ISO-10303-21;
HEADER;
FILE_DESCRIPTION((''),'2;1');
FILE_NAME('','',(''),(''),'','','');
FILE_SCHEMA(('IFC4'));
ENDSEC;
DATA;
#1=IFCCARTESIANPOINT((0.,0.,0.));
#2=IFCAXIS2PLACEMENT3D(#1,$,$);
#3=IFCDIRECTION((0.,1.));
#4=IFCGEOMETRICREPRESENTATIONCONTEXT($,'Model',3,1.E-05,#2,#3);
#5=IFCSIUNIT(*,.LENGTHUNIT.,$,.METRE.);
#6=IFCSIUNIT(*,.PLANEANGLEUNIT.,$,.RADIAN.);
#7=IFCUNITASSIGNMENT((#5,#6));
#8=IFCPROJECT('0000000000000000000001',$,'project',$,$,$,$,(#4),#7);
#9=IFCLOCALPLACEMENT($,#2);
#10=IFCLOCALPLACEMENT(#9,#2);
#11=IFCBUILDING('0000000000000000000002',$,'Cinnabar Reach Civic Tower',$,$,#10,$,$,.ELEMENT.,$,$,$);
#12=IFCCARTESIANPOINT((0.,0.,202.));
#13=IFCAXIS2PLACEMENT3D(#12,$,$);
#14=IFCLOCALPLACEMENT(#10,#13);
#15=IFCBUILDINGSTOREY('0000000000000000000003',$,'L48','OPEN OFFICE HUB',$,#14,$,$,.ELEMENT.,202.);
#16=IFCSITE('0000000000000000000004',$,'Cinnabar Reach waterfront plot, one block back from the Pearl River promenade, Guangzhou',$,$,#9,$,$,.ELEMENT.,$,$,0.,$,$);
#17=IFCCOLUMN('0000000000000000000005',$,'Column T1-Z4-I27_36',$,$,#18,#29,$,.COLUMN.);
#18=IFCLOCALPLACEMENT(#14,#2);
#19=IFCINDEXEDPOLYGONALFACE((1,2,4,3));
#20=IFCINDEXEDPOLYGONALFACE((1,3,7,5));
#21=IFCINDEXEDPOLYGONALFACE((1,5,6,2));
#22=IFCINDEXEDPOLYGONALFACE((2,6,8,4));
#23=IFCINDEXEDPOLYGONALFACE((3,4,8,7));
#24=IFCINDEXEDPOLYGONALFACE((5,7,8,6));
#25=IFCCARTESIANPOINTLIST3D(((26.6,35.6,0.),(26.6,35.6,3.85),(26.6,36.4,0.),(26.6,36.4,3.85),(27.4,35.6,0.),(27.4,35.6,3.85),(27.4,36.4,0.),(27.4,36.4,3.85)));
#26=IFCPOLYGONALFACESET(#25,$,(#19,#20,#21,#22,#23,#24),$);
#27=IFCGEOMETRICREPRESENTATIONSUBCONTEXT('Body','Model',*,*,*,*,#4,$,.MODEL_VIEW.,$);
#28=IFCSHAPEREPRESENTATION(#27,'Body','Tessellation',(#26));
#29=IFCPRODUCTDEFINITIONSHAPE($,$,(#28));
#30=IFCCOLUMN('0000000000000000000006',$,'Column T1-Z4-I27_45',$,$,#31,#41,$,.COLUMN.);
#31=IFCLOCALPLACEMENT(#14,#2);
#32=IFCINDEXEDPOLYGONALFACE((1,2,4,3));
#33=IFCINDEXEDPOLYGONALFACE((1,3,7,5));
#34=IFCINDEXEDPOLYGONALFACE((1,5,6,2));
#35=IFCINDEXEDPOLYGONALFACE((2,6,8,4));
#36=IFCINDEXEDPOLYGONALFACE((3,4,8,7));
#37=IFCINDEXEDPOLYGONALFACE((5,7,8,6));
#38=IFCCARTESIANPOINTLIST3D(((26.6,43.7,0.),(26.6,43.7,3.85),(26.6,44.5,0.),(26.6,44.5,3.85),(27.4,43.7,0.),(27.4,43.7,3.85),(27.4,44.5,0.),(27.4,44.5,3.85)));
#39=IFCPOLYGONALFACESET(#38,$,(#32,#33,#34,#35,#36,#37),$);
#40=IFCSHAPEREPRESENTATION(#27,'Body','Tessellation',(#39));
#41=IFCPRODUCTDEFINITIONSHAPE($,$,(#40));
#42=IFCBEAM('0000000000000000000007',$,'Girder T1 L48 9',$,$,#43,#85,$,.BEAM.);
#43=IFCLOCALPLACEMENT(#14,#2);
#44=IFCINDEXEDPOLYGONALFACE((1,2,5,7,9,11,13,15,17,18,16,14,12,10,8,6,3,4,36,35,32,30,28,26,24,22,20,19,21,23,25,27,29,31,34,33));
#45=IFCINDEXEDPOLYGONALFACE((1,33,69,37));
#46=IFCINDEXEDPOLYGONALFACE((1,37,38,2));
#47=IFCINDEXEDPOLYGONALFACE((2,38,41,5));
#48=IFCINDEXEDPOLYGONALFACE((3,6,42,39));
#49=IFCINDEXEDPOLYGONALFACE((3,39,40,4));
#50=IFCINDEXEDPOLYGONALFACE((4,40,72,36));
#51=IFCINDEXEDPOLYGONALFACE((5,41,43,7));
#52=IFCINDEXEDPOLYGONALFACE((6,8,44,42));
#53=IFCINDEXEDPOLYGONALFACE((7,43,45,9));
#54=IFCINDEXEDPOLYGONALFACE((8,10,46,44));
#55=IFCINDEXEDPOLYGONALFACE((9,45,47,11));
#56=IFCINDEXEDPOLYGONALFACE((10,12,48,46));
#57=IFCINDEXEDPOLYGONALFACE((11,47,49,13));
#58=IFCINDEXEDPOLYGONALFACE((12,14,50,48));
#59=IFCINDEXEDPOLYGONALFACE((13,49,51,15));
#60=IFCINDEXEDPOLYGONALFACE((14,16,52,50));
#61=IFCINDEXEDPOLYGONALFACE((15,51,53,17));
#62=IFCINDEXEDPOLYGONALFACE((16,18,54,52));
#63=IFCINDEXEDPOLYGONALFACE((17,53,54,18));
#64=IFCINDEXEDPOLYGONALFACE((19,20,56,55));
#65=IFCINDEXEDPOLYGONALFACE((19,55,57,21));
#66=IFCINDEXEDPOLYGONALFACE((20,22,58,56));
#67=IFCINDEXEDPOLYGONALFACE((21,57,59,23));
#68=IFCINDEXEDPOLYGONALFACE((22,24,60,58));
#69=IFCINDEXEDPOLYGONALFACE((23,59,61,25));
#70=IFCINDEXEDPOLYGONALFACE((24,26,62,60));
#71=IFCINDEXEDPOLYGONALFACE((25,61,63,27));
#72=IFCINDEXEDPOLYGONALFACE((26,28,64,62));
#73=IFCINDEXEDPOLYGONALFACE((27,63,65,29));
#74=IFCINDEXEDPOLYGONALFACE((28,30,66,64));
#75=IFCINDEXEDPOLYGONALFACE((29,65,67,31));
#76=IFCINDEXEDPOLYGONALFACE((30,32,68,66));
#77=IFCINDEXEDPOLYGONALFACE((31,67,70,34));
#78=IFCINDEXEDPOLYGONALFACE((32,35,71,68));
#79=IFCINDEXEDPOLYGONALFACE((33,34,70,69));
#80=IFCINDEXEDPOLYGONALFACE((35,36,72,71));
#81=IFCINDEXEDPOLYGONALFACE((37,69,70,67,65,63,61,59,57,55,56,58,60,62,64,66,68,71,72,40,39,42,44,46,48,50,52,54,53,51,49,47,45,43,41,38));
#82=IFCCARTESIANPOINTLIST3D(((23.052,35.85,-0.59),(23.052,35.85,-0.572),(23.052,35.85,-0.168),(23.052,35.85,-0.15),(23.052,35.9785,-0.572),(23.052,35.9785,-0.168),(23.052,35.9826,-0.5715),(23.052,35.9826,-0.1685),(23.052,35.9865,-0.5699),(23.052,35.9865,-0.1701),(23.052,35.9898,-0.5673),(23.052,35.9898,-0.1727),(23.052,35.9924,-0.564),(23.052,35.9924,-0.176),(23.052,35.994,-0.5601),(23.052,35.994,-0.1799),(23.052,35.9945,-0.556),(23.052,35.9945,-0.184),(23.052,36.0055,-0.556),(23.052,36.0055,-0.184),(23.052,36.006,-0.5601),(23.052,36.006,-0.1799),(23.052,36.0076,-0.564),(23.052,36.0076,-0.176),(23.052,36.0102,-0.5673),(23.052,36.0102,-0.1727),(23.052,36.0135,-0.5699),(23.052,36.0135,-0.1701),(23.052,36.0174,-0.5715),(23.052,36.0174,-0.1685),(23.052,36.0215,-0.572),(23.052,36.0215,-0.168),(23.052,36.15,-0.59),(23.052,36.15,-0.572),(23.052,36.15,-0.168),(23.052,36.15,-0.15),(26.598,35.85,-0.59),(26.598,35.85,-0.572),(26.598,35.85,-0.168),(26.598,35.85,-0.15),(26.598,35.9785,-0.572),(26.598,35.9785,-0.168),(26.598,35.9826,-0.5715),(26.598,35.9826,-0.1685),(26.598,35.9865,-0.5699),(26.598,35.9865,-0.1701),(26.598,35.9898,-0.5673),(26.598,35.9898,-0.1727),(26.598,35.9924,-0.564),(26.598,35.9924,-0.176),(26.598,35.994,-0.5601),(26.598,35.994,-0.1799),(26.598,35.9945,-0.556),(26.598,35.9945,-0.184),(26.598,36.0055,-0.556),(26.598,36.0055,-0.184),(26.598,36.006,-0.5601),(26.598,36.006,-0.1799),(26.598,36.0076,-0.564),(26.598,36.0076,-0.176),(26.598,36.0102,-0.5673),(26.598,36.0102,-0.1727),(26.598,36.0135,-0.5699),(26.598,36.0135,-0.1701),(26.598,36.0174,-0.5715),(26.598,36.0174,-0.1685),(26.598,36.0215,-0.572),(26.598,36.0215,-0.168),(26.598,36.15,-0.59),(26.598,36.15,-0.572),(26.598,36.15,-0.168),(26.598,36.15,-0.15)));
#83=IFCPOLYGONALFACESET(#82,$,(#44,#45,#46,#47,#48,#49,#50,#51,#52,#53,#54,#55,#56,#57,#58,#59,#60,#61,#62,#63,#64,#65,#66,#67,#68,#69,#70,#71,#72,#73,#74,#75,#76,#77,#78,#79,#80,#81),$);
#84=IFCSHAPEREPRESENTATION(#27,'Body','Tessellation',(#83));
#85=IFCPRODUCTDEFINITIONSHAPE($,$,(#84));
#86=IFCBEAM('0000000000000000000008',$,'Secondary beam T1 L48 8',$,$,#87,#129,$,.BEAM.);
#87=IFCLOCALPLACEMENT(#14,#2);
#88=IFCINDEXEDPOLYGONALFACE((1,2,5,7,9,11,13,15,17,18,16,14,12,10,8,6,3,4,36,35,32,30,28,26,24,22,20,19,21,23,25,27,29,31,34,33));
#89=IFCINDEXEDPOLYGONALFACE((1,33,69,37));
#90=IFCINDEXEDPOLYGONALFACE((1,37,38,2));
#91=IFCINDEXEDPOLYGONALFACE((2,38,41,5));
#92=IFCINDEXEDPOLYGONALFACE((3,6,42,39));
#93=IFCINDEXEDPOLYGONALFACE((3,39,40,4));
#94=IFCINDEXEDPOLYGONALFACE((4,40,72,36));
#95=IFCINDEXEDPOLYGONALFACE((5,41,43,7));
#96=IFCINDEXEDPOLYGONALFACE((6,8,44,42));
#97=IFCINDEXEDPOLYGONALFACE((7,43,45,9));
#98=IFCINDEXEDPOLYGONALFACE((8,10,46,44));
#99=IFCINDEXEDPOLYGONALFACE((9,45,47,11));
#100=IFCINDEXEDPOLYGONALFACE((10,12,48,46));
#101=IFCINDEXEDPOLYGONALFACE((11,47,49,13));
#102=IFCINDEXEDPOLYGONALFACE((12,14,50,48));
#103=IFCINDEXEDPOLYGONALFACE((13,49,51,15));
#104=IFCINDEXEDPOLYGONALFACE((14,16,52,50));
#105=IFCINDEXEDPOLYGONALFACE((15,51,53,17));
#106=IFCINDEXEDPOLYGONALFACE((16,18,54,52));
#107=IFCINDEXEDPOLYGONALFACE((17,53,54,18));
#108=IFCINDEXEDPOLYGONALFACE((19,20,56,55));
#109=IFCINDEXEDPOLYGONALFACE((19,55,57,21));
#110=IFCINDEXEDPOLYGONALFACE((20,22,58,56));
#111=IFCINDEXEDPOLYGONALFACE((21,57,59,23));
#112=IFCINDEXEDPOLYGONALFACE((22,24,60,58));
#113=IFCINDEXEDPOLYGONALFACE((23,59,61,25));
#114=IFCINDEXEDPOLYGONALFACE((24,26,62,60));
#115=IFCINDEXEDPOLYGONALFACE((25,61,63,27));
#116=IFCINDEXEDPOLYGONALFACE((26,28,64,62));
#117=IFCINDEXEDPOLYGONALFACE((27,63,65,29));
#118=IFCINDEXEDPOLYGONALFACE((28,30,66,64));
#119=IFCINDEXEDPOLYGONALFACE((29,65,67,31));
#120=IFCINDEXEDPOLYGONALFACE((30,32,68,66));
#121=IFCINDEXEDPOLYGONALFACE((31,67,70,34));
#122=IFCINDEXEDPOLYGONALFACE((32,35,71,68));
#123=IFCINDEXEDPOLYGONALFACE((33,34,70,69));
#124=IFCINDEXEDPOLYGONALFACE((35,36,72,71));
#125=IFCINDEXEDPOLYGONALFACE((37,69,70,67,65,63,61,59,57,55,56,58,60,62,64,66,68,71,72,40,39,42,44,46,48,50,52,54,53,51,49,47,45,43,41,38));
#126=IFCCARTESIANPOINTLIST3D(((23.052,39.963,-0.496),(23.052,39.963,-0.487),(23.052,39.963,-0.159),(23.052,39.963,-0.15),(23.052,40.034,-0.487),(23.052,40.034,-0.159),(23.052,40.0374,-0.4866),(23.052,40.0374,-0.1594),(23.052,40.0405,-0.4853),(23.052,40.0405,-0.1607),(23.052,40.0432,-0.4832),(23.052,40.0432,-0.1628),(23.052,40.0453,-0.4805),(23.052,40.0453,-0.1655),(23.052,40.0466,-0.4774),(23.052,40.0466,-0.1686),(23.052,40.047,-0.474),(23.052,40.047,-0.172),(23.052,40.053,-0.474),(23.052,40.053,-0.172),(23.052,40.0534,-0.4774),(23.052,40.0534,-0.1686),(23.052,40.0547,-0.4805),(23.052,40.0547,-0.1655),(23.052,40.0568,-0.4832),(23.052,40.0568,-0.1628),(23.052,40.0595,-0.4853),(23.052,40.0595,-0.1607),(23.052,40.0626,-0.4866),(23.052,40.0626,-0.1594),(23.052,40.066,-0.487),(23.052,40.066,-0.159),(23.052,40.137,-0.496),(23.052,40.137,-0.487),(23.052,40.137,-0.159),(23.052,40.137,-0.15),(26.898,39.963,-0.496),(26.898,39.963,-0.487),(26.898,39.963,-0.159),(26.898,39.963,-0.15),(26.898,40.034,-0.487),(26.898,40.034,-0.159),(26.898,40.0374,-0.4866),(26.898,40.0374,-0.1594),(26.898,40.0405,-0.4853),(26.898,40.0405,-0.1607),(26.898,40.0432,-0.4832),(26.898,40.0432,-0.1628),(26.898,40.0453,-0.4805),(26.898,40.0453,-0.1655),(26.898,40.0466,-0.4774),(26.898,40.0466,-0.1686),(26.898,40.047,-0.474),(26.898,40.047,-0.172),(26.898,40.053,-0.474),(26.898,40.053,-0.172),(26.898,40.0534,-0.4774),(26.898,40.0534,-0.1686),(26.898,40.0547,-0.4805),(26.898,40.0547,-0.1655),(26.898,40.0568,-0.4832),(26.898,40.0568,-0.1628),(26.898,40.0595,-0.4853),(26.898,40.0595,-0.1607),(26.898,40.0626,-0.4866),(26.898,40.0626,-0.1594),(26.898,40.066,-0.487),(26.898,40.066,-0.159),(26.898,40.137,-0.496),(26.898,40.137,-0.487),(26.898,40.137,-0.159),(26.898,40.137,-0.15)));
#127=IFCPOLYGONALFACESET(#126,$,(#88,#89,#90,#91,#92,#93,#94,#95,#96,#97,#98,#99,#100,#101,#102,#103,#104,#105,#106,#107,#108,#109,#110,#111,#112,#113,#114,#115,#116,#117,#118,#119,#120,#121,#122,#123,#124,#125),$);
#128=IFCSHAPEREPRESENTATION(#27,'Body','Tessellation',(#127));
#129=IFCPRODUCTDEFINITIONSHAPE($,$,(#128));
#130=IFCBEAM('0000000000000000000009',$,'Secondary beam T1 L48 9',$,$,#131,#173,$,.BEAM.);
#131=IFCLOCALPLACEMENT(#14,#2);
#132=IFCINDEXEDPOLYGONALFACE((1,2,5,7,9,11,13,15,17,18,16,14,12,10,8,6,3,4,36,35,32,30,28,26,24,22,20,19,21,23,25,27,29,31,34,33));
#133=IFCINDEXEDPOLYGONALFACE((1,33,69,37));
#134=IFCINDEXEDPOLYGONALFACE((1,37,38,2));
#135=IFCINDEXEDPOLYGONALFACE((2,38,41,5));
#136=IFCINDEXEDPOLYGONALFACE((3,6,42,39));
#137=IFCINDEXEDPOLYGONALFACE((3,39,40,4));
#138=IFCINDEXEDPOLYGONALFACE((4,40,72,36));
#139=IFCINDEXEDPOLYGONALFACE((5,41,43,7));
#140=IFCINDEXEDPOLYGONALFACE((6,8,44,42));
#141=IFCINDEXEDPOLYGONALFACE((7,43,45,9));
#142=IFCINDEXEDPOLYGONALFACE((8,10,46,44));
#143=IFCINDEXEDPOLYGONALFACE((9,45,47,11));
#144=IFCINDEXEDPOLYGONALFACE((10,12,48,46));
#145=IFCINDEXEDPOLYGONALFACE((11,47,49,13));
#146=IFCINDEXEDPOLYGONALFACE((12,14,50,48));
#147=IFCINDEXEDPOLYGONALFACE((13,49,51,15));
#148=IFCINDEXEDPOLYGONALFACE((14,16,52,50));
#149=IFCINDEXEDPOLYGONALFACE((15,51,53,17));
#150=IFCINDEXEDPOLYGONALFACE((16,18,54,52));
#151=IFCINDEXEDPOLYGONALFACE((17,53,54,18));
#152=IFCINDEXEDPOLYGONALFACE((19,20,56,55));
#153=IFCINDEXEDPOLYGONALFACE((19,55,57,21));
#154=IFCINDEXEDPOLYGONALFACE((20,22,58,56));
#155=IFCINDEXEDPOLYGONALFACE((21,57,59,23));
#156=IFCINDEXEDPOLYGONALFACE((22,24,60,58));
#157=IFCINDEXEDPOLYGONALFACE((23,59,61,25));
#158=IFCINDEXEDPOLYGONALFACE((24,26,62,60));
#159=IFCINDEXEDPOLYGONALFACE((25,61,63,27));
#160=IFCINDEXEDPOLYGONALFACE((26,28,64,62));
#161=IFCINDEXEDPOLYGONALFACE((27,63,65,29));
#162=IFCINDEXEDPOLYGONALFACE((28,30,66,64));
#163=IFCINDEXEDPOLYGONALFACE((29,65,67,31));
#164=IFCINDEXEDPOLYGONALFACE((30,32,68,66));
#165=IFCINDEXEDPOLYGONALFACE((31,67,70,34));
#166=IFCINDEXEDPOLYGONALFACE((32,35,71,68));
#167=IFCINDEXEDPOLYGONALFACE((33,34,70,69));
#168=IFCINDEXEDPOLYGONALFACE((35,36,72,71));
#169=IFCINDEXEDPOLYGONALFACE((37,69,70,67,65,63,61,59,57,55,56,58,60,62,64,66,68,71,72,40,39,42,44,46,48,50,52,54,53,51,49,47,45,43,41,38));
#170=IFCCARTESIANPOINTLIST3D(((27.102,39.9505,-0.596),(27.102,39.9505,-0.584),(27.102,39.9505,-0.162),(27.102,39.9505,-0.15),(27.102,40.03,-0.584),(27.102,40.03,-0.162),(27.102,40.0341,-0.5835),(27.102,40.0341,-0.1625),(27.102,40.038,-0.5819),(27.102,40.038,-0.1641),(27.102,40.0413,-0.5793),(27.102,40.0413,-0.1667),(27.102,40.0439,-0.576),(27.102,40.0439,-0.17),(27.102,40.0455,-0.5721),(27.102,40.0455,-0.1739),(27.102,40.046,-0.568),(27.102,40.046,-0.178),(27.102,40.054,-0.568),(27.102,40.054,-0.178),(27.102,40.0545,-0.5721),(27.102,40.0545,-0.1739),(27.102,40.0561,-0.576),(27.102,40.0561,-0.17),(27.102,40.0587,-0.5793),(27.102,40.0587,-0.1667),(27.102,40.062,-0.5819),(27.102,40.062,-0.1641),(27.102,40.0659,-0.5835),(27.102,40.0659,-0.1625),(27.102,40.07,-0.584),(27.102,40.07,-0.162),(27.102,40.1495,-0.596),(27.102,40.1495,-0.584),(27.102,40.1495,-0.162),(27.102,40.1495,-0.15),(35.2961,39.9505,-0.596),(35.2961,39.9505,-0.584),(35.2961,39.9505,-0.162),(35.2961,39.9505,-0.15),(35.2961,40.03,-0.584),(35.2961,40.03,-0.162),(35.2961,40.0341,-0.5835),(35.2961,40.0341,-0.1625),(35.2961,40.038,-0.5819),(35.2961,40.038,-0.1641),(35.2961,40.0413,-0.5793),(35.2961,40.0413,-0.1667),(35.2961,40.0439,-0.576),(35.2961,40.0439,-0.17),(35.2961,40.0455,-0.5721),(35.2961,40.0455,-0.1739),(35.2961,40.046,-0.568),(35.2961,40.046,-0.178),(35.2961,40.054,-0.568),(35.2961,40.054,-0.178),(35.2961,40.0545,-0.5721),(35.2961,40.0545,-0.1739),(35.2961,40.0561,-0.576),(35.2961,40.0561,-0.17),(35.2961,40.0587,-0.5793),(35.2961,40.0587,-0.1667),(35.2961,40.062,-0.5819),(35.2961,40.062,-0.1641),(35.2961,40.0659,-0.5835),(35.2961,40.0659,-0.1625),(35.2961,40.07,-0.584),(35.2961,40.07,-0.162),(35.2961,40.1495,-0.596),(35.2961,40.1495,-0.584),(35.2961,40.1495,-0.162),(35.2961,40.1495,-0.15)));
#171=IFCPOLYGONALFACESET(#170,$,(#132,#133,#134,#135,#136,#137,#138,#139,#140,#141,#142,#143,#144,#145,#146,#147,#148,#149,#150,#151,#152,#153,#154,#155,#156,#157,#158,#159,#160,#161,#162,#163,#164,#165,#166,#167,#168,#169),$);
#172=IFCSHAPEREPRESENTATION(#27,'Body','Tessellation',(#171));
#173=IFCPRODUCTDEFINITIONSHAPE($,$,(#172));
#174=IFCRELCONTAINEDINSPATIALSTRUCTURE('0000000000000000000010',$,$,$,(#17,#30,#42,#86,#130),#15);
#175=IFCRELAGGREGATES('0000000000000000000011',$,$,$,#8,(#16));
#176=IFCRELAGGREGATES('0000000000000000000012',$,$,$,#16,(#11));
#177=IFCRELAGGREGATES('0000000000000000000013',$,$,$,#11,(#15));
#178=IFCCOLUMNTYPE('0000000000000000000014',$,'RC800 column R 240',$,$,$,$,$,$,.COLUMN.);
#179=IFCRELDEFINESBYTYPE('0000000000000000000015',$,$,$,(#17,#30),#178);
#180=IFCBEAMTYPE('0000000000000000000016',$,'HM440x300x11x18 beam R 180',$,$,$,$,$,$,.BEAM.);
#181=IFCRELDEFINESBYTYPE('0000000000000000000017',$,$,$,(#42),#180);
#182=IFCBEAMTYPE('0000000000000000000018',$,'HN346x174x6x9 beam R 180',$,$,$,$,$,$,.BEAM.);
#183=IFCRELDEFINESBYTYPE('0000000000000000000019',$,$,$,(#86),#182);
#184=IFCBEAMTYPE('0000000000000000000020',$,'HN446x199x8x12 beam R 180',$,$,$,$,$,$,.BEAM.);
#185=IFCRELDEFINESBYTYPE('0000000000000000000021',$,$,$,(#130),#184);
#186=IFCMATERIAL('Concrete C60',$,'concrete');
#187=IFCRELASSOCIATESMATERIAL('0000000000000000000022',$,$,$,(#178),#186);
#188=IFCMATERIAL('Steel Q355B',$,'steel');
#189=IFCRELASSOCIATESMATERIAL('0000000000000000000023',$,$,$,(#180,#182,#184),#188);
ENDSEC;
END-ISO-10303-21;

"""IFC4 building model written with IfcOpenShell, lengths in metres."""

from ifc_helpers import new_model, si_unit, direction, frame, origin, origin_2d, place, context, subcontext, project, spatial, rectangle, i_section, extrude, material, material_profile, profile_set, type_object, element, save


model = new_model("IFC4")

# Units and contexts
model_context = context("Model", 3, precision=1e-05, world=origin(), true_north=direction((0.0, 1.0)))
body_context = subcontext(model_context, "Body", "Model", "MODEL_VIEW")
ifc_project = project(units=[si_unit("LENGTHUNIT", "METRE"), si_unit("PLANEANGLEUNIT", "RADIAN")], contexts=[model_context])

# Site, building, storey
site_placement = place(None, origin())
site = spatial("IfcSite", under=ifc_project, at=site_placement, Name="Cinnabar Reach waterfront plot, one block back from the Pearl River promenade, Guangzhou", CompositionType="ELEMENT", RefElevation=0.0)
building_placement = place(site_placement, origin())
building = spatial("IfcBuilding", under=site, at=building_placement, Name="Cinnabar Reach Civic Tower", CompositionType="ELEMENT")
storey_placement = place(building_placement, frame((0.0, 0.0, 202.0)))
storey = spatial("IfcBuildingStorey", under=building, at=storey_placement, Name="L48", Description="OPEN OFFICE HUB", CompositionType="ELEMENT", Elevation=202.0)

# Columns
ifc_material_1 = material(Name="Concrete C60", Category="concrete")
ifc_material_profile_1 = material_profile(ifc_material_1, rectangle(XDim=0.8, YDim=0.8, at=origin_2d()), Name="RC800")
ifc_profile_set_1 = profile_set([ifc_material_profile_1], Name="Concrete C60")
column_type = type_object("IfcColumnType", Name="RC800 column R 240", PredefinedType="COLUMN", material=ifc_profile_set_1)
for number, where, z_axis, x_axis, name in (
    (1, (27.0, 36.0, 0.0), (0.0, 0.0, 1.0), (1.0, 0.0, 0.0), "Column T1-Z4-I27_36"),
    (2, (27.0, 44.1, 0.0), (0.0, 0.0, 1.0), (1.0, 0.0, 0.0), "Column T1-Z4-I27_45"),
):
    element("IfcColumn", number, at=place(storey_placement, frame(where, z_axis=z_axis, x_axis=x_axis)), inside=storey, type_object=column_type, Name=name, PredefinedType="COLUMN", context=body_context, shape_type="SweptSolid", body=[
        extrude(rectangle(XDim=0.8, YDim=0.8, at=origin_2d()), origin(), (0.0, 0.0, 1.0), 3.85),
    ])

# Beams
ifc_material_2 = material(Name="Steel Q355B", Category="steel")
ifc_material_profile_2 = material_profile(ifc_material_2, i_section(OverallWidth=0.3, OverallDepth=0.44, WebThickness=0.011, FlangeThickness=0.018, FilletRadius=0.016, at=origin_2d()), Name="HM440x300x11x18")
ifc_profile_set_2 = profile_set([ifc_material_profile_2], Name="Steel Q355B")
beam_type_1 = type_object("IfcBeamType", Name="HM440x300x11x18 beam R 180", PredefinedType="BEAM", material=ifc_profile_set_2)
beam_1_placement = place(storey_placement, frame((23.052, 36.0, -0.37), z_axis=(1.0, 0.0, 0.0), x_axis=(0.0, 1.0, 0.0)))
element("IfcBeam", 3, at=beam_1_placement, inside=storey, type_object=beam_type_1, Name="Girder T1 L48 9", PredefinedType="BEAM", context=body_context, shape_type="SweptSolid", body=[
    extrude(i_section(OverallWidth=0.3, OverallDepth=0.44, WebThickness=0.011, FlangeThickness=0.018, FilletRadius=0.016, at=origin_2d()), origin(), (0.0, 0.0, 1.0), 3.546),
])
ifc_material_profile_3 = material_profile(ifc_material_2, i_section(OverallWidth=0.174, OverallDepth=0.346, WebThickness=0.006, FlangeThickness=0.009, FilletRadius=0.013, at=origin_2d()), Name="HN346x174x6x9")
ifc_profile_set_3 = profile_set([ifc_material_profile_3], Name="Steel Q355B")
beam_type_2 = type_object("IfcBeamType", Name="HN346x174x6x9 beam R 180", PredefinedType="BEAM", material=ifc_profile_set_3)
beam_2_placement = place(storey_placement, frame((23.052, 40.05, -0.323), z_axis=(1.0, 0.0, 0.0), x_axis=(0.0, 1.0, 0.0)))
element("IfcBeam", 4, at=beam_2_placement, inside=storey, type_object=beam_type_2, Name="Secondary beam T1 L48 8", PredefinedType="BEAM", context=body_context, shape_type="SweptSolid", body=[
    extrude(i_section(OverallWidth=0.174, OverallDepth=0.346, WebThickness=0.006, FlangeThickness=0.009, FilletRadius=0.013, at=origin_2d()), origin(), (0.0, 0.0, 1.0), 3.846),
])
ifc_material_profile_4 = material_profile(ifc_material_2, i_section(OverallWidth=0.199, OverallDepth=0.446, WebThickness=0.008, FlangeThickness=0.012, FilletRadius=0.016, at=origin_2d()), Name="HN446x199x8x12")
ifc_profile_set_4 = profile_set([ifc_material_profile_4], Name="Steel Q355B")
beam_type_3 = type_object("IfcBeamType", Name="HN446x199x8x12 beam R 180", PredefinedType="BEAM", material=ifc_profile_set_4)
beam_3_placement = place(storey_placement, frame((27.102, 40.05, -0.373), z_axis=(1.0, 0.0, 0.0), x_axis=(0.0, 1.0, 0.0)))
element("IfcBeam", 5, at=beam_3_placement, inside=storey, type_object=beam_type_3, Name="Secondary beam T1 L48 9", PredefinedType="BEAM", context=body_context, shape_type="SweptSolid", body=[
    extrude(i_section(OverallWidth=0.199, OverallDepth=0.446, WebThickness=0.008, FlangeThickness=0.012, FilletRadius=0.016, at=origin_2d()), origin(), (0.0, 0.0, 1.0), 8.1941),
])

save(model, "model.ifc")
